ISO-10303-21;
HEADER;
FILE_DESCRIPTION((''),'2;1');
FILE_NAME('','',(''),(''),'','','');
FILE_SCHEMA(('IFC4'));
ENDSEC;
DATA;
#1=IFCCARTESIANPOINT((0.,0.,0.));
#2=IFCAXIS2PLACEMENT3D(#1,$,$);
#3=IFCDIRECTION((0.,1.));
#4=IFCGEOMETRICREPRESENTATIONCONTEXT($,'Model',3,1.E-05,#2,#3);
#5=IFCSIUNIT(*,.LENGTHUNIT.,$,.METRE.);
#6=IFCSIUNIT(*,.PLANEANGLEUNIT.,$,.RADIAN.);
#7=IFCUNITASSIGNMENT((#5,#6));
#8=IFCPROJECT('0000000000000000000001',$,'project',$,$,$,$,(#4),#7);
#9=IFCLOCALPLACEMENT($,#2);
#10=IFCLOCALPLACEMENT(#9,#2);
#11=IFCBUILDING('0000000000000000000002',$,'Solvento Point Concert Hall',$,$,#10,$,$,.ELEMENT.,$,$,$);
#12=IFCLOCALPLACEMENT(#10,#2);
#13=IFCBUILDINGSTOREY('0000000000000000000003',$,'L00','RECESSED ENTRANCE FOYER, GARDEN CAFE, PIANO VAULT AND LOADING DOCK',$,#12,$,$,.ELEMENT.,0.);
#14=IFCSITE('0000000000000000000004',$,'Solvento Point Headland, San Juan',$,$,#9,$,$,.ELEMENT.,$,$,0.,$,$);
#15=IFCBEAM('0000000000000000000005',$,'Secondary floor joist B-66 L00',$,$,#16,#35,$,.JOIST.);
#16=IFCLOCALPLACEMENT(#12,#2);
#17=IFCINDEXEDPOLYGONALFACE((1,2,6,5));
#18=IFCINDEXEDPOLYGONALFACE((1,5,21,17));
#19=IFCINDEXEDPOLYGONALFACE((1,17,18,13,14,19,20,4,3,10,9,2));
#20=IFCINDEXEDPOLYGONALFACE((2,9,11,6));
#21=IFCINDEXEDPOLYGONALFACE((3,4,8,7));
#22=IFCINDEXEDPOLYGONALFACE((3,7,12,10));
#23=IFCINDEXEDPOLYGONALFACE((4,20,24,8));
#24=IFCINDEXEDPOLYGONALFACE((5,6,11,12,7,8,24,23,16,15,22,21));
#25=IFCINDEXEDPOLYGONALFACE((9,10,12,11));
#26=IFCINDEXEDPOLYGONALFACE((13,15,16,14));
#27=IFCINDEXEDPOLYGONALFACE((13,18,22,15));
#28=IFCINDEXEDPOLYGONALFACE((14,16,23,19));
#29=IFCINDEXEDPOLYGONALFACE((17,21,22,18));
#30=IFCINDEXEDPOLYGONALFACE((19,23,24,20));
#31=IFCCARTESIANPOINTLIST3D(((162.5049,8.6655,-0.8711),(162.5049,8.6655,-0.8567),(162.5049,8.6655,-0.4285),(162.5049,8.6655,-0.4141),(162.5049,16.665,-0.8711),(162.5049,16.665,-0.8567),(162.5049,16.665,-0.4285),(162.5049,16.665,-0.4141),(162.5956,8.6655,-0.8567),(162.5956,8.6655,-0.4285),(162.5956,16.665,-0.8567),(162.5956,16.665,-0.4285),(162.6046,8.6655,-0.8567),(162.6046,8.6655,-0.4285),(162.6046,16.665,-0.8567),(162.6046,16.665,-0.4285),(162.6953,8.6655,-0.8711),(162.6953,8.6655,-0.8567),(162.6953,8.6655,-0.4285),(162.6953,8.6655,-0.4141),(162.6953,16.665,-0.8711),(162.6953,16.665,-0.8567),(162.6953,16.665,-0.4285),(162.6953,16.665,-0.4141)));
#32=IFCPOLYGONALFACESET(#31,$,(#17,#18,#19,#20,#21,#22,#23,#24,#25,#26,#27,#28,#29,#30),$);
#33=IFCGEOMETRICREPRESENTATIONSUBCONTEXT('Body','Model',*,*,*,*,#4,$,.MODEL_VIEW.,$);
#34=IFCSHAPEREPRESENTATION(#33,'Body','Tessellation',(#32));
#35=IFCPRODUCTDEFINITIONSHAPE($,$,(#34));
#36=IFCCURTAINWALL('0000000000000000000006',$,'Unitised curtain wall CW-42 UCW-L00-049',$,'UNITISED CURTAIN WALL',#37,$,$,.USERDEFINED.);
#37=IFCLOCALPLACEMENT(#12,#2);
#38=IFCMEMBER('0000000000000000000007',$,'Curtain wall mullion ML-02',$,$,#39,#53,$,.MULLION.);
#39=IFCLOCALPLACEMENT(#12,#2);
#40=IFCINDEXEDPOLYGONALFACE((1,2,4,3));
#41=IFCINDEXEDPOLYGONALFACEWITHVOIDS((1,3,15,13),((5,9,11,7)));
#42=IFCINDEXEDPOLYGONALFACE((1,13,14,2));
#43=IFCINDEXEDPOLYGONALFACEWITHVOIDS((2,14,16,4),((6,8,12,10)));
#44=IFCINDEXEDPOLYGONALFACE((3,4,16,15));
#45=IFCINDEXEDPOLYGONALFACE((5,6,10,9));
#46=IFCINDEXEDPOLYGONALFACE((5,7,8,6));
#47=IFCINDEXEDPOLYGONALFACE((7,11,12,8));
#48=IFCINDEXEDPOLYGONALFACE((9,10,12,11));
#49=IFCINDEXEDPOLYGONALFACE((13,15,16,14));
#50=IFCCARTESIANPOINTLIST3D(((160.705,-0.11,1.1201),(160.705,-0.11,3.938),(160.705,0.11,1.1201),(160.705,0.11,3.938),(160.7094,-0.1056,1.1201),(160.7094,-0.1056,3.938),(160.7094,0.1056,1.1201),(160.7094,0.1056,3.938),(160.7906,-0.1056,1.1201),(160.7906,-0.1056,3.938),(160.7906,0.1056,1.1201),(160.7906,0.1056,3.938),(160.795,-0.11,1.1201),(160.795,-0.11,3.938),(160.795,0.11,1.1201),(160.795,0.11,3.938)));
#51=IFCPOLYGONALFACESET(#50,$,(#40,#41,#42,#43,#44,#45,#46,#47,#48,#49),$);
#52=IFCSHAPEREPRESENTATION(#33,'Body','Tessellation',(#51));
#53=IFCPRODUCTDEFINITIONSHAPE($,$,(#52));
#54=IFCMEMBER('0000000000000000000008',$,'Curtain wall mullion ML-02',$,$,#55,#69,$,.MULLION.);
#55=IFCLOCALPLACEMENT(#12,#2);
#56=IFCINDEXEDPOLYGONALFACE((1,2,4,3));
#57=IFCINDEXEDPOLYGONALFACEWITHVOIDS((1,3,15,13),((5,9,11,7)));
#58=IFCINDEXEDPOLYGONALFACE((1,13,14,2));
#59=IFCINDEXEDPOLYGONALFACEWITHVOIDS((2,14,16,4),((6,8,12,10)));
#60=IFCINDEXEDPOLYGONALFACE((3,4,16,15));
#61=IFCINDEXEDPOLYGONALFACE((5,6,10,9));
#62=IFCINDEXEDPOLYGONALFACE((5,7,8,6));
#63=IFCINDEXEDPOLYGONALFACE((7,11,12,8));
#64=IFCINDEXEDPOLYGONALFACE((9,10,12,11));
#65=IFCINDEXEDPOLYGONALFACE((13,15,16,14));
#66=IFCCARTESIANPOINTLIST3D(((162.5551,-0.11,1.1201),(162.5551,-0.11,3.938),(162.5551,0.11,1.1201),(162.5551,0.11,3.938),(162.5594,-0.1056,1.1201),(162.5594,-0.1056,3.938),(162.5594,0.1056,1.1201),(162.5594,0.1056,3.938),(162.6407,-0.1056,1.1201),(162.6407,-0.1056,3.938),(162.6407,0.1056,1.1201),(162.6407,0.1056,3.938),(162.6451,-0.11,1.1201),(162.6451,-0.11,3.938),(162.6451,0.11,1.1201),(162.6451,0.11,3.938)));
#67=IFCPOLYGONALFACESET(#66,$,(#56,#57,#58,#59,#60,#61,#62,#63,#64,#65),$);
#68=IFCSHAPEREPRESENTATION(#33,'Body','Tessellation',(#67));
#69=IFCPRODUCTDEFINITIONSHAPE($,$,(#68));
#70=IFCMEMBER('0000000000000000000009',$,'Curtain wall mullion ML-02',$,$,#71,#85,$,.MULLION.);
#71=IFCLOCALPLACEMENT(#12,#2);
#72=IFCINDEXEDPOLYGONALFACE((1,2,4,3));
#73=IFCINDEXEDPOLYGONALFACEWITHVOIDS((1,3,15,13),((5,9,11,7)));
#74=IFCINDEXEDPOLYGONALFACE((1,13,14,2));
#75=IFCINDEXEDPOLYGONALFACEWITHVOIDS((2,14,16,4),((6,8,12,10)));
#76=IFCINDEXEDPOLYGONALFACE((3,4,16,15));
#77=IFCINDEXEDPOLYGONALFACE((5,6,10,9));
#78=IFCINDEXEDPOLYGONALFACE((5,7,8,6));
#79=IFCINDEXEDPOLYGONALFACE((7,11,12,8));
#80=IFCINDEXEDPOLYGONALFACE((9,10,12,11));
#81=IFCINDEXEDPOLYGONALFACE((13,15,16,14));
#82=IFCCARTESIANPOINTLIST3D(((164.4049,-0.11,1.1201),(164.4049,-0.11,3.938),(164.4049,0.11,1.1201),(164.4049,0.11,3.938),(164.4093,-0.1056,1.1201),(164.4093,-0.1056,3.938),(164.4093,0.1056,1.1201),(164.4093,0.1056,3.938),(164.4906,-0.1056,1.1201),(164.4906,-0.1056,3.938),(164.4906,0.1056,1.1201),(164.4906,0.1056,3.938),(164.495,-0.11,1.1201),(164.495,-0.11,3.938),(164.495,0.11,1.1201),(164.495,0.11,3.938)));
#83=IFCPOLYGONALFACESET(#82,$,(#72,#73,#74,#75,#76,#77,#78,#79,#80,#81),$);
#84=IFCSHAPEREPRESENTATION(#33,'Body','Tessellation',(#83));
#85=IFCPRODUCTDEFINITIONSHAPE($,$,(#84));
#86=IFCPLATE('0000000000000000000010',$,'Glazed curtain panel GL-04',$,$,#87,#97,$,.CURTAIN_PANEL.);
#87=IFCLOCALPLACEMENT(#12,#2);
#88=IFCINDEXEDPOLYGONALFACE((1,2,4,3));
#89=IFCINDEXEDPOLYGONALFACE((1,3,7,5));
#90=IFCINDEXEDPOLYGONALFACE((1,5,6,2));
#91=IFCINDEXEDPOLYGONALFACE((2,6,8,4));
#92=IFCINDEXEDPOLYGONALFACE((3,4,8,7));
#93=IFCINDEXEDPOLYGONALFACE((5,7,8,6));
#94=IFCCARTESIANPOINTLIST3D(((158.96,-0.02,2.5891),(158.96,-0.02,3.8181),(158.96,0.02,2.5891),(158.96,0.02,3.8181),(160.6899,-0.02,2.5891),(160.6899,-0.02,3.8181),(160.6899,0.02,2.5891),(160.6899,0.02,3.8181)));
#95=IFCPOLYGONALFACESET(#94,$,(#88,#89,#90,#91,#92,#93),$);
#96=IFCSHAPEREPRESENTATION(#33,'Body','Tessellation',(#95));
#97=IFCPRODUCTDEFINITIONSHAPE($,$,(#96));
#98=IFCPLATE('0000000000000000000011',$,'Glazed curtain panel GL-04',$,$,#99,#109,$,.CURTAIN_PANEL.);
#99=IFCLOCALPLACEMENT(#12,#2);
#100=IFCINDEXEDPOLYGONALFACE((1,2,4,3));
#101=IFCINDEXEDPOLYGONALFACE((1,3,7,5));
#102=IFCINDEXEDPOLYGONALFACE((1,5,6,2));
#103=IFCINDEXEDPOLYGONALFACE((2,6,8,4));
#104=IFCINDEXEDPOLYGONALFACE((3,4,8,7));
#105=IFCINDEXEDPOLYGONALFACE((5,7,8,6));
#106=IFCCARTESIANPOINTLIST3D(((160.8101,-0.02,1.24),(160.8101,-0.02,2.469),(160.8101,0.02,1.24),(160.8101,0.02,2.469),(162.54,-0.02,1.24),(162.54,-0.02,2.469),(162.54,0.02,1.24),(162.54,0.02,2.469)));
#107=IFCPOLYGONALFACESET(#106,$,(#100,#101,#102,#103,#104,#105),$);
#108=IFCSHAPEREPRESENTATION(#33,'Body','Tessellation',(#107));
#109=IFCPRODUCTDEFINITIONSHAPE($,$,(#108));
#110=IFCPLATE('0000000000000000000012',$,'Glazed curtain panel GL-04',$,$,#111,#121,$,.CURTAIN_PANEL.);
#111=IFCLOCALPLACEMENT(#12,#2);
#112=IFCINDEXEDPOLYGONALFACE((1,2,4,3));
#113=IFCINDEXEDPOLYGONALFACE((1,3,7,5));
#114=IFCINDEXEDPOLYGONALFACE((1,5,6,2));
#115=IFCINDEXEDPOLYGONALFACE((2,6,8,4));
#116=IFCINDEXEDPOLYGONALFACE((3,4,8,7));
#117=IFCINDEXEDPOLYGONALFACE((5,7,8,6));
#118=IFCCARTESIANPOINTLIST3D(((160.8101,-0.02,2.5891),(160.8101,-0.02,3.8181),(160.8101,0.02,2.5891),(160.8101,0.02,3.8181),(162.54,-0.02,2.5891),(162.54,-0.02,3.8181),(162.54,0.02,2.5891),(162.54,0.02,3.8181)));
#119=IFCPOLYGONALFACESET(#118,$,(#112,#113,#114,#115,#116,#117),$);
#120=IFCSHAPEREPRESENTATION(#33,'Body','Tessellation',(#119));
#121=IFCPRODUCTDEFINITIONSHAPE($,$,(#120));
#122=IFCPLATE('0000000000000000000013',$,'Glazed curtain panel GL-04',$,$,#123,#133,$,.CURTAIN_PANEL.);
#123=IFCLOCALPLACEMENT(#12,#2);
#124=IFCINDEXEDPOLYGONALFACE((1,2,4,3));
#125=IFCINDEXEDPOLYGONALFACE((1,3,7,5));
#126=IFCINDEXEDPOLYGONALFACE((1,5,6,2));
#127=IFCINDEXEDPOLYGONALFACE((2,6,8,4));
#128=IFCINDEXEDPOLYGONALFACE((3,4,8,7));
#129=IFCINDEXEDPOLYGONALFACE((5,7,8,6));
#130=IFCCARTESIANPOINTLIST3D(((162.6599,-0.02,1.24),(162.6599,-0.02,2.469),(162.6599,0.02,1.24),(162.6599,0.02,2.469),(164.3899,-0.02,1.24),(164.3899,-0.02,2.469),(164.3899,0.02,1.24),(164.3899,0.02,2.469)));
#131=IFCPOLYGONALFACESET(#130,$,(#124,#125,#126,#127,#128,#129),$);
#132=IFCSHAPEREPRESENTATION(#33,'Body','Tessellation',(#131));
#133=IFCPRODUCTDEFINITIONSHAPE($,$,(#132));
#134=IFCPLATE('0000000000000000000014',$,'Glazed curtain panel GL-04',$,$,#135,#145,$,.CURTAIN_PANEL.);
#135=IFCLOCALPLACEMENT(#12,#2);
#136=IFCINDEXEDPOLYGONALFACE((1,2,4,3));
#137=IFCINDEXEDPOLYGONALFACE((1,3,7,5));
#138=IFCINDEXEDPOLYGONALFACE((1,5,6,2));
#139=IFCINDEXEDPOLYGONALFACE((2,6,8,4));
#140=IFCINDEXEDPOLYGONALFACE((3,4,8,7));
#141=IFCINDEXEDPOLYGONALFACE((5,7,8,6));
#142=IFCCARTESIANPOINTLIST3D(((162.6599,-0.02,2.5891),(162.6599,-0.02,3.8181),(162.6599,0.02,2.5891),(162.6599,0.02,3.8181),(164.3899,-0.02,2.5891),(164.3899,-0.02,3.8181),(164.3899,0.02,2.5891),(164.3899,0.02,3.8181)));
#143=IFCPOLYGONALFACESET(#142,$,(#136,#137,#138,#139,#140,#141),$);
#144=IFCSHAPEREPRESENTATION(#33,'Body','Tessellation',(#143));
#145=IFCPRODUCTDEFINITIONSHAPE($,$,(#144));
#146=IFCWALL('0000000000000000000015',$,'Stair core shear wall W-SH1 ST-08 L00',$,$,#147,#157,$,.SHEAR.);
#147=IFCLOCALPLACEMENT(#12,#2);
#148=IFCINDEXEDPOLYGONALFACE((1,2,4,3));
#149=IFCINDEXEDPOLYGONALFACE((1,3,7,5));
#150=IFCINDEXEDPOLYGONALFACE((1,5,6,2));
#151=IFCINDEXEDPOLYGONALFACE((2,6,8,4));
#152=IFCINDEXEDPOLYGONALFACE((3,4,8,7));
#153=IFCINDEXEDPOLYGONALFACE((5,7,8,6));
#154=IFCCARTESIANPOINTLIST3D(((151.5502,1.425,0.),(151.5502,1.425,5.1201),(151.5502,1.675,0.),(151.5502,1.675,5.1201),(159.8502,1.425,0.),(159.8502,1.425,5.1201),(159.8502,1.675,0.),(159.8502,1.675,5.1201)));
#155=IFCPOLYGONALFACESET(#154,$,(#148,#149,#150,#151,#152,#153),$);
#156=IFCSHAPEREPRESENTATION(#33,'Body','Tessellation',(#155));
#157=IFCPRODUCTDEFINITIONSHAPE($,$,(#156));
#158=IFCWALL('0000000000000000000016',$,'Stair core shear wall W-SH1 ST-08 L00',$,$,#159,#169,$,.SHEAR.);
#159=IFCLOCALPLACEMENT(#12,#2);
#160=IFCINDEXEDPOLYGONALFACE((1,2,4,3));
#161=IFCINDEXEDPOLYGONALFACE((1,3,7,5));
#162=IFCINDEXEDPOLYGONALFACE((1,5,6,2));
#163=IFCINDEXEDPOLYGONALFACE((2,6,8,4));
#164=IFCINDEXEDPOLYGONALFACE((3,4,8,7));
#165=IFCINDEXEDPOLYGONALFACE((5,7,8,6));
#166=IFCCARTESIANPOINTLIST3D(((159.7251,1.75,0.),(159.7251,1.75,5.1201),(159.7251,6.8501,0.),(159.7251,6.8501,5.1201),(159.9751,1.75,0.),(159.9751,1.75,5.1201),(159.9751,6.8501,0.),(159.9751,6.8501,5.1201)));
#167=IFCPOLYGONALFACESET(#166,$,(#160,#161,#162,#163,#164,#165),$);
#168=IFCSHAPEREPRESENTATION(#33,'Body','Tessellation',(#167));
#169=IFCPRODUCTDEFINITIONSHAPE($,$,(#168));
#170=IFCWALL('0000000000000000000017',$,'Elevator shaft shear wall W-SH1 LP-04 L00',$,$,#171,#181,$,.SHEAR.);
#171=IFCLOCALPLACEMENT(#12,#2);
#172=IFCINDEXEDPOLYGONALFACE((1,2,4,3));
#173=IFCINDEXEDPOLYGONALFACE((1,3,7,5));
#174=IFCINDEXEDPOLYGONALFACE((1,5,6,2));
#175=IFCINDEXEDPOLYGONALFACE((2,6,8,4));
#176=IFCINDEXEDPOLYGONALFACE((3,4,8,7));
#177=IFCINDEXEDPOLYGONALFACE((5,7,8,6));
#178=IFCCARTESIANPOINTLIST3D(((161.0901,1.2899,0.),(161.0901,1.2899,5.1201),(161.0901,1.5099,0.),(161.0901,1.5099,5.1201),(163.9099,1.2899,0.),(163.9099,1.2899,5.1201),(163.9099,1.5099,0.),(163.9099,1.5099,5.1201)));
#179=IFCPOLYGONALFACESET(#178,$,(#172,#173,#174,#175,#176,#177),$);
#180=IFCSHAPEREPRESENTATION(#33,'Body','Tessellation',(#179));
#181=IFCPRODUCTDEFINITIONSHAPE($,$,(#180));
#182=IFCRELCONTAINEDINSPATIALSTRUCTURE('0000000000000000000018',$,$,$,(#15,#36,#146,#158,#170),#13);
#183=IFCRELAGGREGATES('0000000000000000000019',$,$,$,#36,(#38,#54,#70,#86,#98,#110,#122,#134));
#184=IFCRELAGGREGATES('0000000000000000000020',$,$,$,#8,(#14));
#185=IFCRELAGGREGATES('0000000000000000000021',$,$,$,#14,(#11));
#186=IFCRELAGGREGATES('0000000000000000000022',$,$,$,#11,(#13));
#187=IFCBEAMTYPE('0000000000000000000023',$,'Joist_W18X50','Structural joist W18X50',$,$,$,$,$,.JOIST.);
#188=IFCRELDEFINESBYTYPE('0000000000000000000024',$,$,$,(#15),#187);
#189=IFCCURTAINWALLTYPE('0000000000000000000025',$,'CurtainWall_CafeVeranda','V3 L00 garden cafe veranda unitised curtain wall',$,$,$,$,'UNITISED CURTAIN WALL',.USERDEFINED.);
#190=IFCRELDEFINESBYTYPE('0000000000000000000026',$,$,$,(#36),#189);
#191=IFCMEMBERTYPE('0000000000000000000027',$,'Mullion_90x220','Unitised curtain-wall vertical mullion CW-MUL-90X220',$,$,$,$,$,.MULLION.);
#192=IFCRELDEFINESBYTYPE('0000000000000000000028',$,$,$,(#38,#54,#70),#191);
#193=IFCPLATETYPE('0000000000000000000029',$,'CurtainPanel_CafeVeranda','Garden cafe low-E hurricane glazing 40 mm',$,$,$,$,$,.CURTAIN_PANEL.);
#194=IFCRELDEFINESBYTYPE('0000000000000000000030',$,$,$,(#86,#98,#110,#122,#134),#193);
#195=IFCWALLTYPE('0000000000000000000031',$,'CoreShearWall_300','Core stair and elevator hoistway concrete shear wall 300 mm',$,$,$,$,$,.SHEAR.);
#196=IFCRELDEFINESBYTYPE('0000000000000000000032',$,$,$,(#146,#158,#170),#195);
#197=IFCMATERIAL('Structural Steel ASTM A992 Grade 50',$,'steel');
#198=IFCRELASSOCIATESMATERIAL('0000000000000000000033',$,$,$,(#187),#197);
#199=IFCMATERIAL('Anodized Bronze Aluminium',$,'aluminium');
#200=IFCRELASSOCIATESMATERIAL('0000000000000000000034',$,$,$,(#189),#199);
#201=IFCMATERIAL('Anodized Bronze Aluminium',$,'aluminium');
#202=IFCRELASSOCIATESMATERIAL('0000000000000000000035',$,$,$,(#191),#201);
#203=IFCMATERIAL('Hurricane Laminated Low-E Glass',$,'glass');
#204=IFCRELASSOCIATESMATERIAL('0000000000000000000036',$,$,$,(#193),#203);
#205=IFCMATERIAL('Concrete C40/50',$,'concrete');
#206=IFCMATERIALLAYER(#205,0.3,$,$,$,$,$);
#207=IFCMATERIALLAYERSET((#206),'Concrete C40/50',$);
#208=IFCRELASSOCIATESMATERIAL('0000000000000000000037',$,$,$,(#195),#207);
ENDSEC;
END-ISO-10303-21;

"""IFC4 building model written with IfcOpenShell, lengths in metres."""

from ifc_helpers import new_model, si_unit, direction, frame, frame_2d, origin, origin_2d, place, context, subcontext, project, spatial, rectangle, hollow_rectangle, i_section, extrude, material, layer, layer_set, material_profile, profile_set, type_object, element, aggregate, save


model = new_model("IFC4")

# Units and contexts
model_context = context("Model", 3, precision=1e-05, world=origin(), true_north=direction((0.0, 1.0)))
body_context = subcontext(model_context, "Body", "Model", "MODEL_VIEW")
ifc_project = project(units=[si_unit("LENGTHUNIT", "METRE"), si_unit("PLANEANGLEUNIT", "RADIAN")], contexts=[model_context])

# Site, building, storey
site_placement = place(None, origin())
site = spatial("IfcSite", under=ifc_project, at=site_placement, Name="Solvento Point Headland, San Juan", CompositionType="ELEMENT", RefElevation=0.0)
building_placement = place(site_placement, origin())
building = spatial("IfcBuilding", under=site, at=building_placement, Name="Solvento Point Concert Hall", CompositionType="ELEMENT")
storey_placement = place(building_placement, origin())
storey = spatial("IfcBuildingStorey", under=building, at=storey_placement, Name="L00", Description="RECESSED ENTRANCE FOYER, GARDEN CAFE, PIANO VAULT AND LOADING DOCK", CompositionType="ELEMENT", Elevation=0.0)

# Beam
ifc_material_1 = material(Name="Structural Steel ASTM A992 Grade 50", Category="steel")
ifc_material_profile_1 = material_profile(ifc_material_1, i_section(OverallWidth=0.1904, OverallDepth=0.457, WebThickness=0.009, FlangeThickness=0.0144, at=origin_2d()), Name="W18X50")
ifc_profile_set_1 = profile_set([ifc_material_profile_1], Name="Structural Steel ASTM A992 Grade 50")
beam_type = type_object("IfcBeamType", Name="Joist_W18X50", Description="Structural joist W18X50", PredefinedType="JOIST", material=ifc_profile_set_1)
beam_placement = place(storey_placement, frame((162.6001, 8.6655, -0.6426), z_axis=(0.0, 1.0, 0.0), x_axis=(-1.0, 0.0, 0.0)))
element("IfcBeam", 1, at=beam_placement, inside=storey, type_object=beam_type, Name="Secondary floor joist B-66 L00", PredefinedType="JOIST", context=body_context, shape_type="SweptSolid", body=[
    extrude(i_section(OverallWidth=0.1904, OverallDepth=0.457, WebThickness=0.009, FlangeThickness=0.0144, at=origin_2d()), origin(), (0.0, 0.0, 1.0), 7.9995),
])

# Curtain wall, members, plates
ifc_material_2 = material(Name="Anodized Bronze Aluminium", Category="aluminium")
curtain_wall_type = type_object("IfcCurtainWallType", Name="CurtainWall_CafeVeranda", Description="V3 L00 garden cafe veranda unitised curtain wall", ElementType="UNITISED CURTAIN WALL", PredefinedType="USERDEFINED", material=ifc_material_2)
curtain_wall_placement = place(storey_placement, origin())
curtain_wall = element("IfcCurtainWall", 2, at=curtain_wall_placement, inside=storey, type_object=curtain_wall_type, Name="Unitised curtain wall CW-42 UCW-L00-049", ObjectType="UNITISED CURTAIN WALL", PredefinedType="USERDEFINED")
ifc_material_3 = material(Name="Anodized Bronze Aluminium", Category="aluminium")
ifc_material_profile_2 = material_profile(ifc_material_3, hollow_rectangle(XDim=0.0901, YDim=0.22, WallThickness=0.0044, at=origin_2d()), Name="CW-MUL-90X220")
ifc_profile_set_2 = profile_set([ifc_material_profile_2], Name="Anodized Bronze Aluminium")
member_type = type_object("IfcMemberType", Name="Mullion_90x220", Description="Unitised curtain-wall vertical mullion CW-MUL-90X220", PredefinedType="MULLION", material=ifc_profile_set_2)
member_1_placement = place(storey_placement, frame((160.75, 0.0, 1.1201), z_axis=(0.0, 0.0, 1.0), x_axis=(1.0, 0.0, 0.0)))
member_1 = element("IfcMember", 3, at=member_1_placement, type_object=member_type, Name="Curtain wall mullion ML-02", PredefinedType="MULLION", context=body_context, shape_type="SweptSolid", body=[
    extrude(hollow_rectangle(XDim=0.0901, YDim=0.22, WallThickness=0.0044, at=origin_2d()), origin(), (0.0, 0.0, 1.0), 2.8179),
])
member_2_placement = place(storey_placement, frame((162.6001, 0.0, 1.1201), z_axis=(0.0, 0.0, 1.0), x_axis=(1.0, 0.0, 0.0)))
member_2 = element("IfcMember", 4, at=member_2_placement, type_object=member_type, Name="Curtain wall mullion ML-02", PredefinedType="MULLION", context=body_context, shape_type="SweptSolid", body=[
    extrude(hollow_rectangle(XDim=0.0901, YDim=0.22, WallThickness=0.0044, at=origin_2d()), origin(), (0.0, 0.0, 1.0), 2.8179),
])
member_3_placement = place(storey_placement, frame((164.45, 0.0, 1.1201), z_axis=(0.0, 0.0, 1.0), x_axis=(1.0, 0.0, 0.0)))
member_3 = element("IfcMember", 5, at=member_3_placement, type_object=member_type, Name="Curtain wall mullion ML-02", PredefinedType="MULLION", context=body_context, shape_type="SweptSolid", body=[
    extrude(hollow_rectangle(XDim=0.0901, YDim=0.22, WallThickness=0.0044, at=origin_2d()), origin(), (0.0, 0.0, 1.0), 2.8179),
])
ifc_material_4 = material(Name="Hurricane Laminated Low-E Glass", Category="glass")
plate_type = type_object("IfcPlateType", Name="CurtainPanel_CafeVeranda", Description="Garden cafe low-E hurricane glazing 40 mm", PredefinedType="CURTAIN_PANEL", material=ifc_material_4)
plate_1_placement = place(storey_placement, frame((159.825, 0.0, 2.5891), z_axis=(0.0, 0.0, 1.0), x_axis=(1.0, 0.0, 0.0)))
plate_1 = element("IfcPlate", 6, at=plate_1_placement, type_object=plate_type, Name="Glazed curtain panel GL-04", PredefinedType="CURTAIN_PANEL", context=body_context, shape_type="SweptSolid", body=[
    extrude(rectangle(XDim=1.73, YDim=0.04, at=origin_2d()), origin(), (0.0, 0.0, 1.0), 1.229),
])
plate_2_placement = place(storey_placement, frame((161.675, 0.0, 1.24), z_axis=(0.0, 0.0, 1.0), x_axis=(1.0, 0.0, 0.0)))
plate_2 = element("IfcPlate", 7, at=plate_2_placement, type_object=plate_type, Name="Glazed curtain panel GL-04", PredefinedType="CURTAIN_PANEL", context=body_context, shape_type="SweptSolid", body=[
    extrude(rectangle(XDim=1.73, YDim=0.04, at=origin_2d()), origin(), (0.0, 0.0, 1.0), 1.229),
])
plate_3_placement = place(storey_placement, frame((161.675, 0.0, 2.5891), z_axis=(0.0, 0.0, 1.0), x_axis=(1.0, 0.0, 0.0)))
plate_3 = element("IfcPlate", 8, at=plate_3_placement, type_object=plate_type, Name="Glazed curtain panel GL-04", PredefinedType="CURTAIN_PANEL", context=body_context, shape_type="SweptSolid", body=[
    extrude(rectangle(XDim=1.73, YDim=0.04, at=origin_2d()), origin(), (0.0, 0.0, 1.0), 1.229),
])
plate_4_placement = place(storey_placement, frame((163.5249, 0.0, 1.24), z_axis=(0.0, 0.0, 1.0), x_axis=(1.0, 0.0, 0.0)))
plate_4 = element("IfcPlate", 9, at=plate_4_placement, type_object=plate_type, Name="Glazed curtain panel GL-04", PredefinedType="CURTAIN_PANEL", context=body_context, shape_type="SweptSolid", body=[
    extrude(rectangle(XDim=1.73, YDim=0.04, at=origin_2d()), origin(), (0.0, 0.0, 1.0), 1.229),
])
plate_5_placement = place(storey_placement, frame((163.5249, 0.0, 2.5891), z_axis=(0.0, 0.0, 1.0), x_axis=(1.0, 0.0, 0.0)))
plate_5 = element("IfcPlate", 10, at=plate_5_placement, type_object=plate_type, Name="Glazed curtain panel GL-04", PredefinedType="CURTAIN_PANEL", context=body_context, shape_type="SweptSolid", body=[
    extrude(rectangle(XDim=1.73, YDim=0.04, at=origin_2d()), origin(), (0.0, 0.0, 1.0), 1.229),
])
aggregate(curtain_wall, [member_1, member_2, member_3, plate_1, plate_2, plate_3, plate_4, plate_5])

# Walls
ifc_material_5 = material(Name="Concrete C40/50", Category="concrete")
ifc_layer = layer(ifc_material_5, 0.3)
ifc_layer_set = layer_set([ifc_layer], Name="Concrete C40/50")
wall_type = type_object("IfcWallType", Name="CoreShearWall_300", Description="Core stair and elevator hoistway concrete shear wall 300 mm", PredefinedType="SHEAR", material=ifc_layer_set)
wall_1_placement = place(storey_placement, frame((159.8501, 1.55, 0.0), z_axis=(0.0, 0.0, 1.0), x_axis=(-1.0, 0.0, 0.0)))
element("IfcWall", 11, at=wall_1_placement, inside=storey, type_object=wall_type, Name="Stair core shear wall W-SH1 ST-08 L00", PredefinedType="SHEAR", context=body_context, shape_type="SweptSolid", body=[
    extrude(rectangle(XDim=8.3, YDim=0.25, at=frame_2d((4.1499, 0.0))), origin(), (0.0, 0.0, 1.0), 5.1201),
])
wall_2_placement = place(storey_placement, frame((159.8501, 6.8501, 0.0), z_axis=(0.0, 0.0, 1.0), x_axis=(0.0, -1.0, 0.0)))
element("IfcWall", 12, at=wall_2_placement, inside=storey, type_object=wall_type, Name="Stair core shear wall W-SH1 ST-08 L00", PredefinedType="SHEAR", context=body_context, shape_type="SweptSolid", body=[
    extrude(rectangle(XDim=5.1001, YDim=0.25, at=frame_2d((2.55, 0.0))), origin(), (0.0, 0.0, 1.0), 5.1201),
])
wall_3_placement = place(storey_placement, frame((161.0901, 1.3999, 0.0), z_axis=(0.0, 0.0, 1.0), x_axis=(1.0, 0.0, 0.0)))
element("IfcWall", 13, at=wall_3_placement, inside=storey, type_object=wall_type, Name="Elevator shaft shear wall W-SH1 LP-04 L00", PredefinedType="SHEAR", context=body_context, shape_type="SweptSolid", body=[
    extrude(rectangle(XDim=2.8198, YDim=0.22, at=frame_2d((1.4099, 0.0))), origin(), (0.0, 0.0, 1.0), 5.1201),
])

save(model, "model.ifc")
